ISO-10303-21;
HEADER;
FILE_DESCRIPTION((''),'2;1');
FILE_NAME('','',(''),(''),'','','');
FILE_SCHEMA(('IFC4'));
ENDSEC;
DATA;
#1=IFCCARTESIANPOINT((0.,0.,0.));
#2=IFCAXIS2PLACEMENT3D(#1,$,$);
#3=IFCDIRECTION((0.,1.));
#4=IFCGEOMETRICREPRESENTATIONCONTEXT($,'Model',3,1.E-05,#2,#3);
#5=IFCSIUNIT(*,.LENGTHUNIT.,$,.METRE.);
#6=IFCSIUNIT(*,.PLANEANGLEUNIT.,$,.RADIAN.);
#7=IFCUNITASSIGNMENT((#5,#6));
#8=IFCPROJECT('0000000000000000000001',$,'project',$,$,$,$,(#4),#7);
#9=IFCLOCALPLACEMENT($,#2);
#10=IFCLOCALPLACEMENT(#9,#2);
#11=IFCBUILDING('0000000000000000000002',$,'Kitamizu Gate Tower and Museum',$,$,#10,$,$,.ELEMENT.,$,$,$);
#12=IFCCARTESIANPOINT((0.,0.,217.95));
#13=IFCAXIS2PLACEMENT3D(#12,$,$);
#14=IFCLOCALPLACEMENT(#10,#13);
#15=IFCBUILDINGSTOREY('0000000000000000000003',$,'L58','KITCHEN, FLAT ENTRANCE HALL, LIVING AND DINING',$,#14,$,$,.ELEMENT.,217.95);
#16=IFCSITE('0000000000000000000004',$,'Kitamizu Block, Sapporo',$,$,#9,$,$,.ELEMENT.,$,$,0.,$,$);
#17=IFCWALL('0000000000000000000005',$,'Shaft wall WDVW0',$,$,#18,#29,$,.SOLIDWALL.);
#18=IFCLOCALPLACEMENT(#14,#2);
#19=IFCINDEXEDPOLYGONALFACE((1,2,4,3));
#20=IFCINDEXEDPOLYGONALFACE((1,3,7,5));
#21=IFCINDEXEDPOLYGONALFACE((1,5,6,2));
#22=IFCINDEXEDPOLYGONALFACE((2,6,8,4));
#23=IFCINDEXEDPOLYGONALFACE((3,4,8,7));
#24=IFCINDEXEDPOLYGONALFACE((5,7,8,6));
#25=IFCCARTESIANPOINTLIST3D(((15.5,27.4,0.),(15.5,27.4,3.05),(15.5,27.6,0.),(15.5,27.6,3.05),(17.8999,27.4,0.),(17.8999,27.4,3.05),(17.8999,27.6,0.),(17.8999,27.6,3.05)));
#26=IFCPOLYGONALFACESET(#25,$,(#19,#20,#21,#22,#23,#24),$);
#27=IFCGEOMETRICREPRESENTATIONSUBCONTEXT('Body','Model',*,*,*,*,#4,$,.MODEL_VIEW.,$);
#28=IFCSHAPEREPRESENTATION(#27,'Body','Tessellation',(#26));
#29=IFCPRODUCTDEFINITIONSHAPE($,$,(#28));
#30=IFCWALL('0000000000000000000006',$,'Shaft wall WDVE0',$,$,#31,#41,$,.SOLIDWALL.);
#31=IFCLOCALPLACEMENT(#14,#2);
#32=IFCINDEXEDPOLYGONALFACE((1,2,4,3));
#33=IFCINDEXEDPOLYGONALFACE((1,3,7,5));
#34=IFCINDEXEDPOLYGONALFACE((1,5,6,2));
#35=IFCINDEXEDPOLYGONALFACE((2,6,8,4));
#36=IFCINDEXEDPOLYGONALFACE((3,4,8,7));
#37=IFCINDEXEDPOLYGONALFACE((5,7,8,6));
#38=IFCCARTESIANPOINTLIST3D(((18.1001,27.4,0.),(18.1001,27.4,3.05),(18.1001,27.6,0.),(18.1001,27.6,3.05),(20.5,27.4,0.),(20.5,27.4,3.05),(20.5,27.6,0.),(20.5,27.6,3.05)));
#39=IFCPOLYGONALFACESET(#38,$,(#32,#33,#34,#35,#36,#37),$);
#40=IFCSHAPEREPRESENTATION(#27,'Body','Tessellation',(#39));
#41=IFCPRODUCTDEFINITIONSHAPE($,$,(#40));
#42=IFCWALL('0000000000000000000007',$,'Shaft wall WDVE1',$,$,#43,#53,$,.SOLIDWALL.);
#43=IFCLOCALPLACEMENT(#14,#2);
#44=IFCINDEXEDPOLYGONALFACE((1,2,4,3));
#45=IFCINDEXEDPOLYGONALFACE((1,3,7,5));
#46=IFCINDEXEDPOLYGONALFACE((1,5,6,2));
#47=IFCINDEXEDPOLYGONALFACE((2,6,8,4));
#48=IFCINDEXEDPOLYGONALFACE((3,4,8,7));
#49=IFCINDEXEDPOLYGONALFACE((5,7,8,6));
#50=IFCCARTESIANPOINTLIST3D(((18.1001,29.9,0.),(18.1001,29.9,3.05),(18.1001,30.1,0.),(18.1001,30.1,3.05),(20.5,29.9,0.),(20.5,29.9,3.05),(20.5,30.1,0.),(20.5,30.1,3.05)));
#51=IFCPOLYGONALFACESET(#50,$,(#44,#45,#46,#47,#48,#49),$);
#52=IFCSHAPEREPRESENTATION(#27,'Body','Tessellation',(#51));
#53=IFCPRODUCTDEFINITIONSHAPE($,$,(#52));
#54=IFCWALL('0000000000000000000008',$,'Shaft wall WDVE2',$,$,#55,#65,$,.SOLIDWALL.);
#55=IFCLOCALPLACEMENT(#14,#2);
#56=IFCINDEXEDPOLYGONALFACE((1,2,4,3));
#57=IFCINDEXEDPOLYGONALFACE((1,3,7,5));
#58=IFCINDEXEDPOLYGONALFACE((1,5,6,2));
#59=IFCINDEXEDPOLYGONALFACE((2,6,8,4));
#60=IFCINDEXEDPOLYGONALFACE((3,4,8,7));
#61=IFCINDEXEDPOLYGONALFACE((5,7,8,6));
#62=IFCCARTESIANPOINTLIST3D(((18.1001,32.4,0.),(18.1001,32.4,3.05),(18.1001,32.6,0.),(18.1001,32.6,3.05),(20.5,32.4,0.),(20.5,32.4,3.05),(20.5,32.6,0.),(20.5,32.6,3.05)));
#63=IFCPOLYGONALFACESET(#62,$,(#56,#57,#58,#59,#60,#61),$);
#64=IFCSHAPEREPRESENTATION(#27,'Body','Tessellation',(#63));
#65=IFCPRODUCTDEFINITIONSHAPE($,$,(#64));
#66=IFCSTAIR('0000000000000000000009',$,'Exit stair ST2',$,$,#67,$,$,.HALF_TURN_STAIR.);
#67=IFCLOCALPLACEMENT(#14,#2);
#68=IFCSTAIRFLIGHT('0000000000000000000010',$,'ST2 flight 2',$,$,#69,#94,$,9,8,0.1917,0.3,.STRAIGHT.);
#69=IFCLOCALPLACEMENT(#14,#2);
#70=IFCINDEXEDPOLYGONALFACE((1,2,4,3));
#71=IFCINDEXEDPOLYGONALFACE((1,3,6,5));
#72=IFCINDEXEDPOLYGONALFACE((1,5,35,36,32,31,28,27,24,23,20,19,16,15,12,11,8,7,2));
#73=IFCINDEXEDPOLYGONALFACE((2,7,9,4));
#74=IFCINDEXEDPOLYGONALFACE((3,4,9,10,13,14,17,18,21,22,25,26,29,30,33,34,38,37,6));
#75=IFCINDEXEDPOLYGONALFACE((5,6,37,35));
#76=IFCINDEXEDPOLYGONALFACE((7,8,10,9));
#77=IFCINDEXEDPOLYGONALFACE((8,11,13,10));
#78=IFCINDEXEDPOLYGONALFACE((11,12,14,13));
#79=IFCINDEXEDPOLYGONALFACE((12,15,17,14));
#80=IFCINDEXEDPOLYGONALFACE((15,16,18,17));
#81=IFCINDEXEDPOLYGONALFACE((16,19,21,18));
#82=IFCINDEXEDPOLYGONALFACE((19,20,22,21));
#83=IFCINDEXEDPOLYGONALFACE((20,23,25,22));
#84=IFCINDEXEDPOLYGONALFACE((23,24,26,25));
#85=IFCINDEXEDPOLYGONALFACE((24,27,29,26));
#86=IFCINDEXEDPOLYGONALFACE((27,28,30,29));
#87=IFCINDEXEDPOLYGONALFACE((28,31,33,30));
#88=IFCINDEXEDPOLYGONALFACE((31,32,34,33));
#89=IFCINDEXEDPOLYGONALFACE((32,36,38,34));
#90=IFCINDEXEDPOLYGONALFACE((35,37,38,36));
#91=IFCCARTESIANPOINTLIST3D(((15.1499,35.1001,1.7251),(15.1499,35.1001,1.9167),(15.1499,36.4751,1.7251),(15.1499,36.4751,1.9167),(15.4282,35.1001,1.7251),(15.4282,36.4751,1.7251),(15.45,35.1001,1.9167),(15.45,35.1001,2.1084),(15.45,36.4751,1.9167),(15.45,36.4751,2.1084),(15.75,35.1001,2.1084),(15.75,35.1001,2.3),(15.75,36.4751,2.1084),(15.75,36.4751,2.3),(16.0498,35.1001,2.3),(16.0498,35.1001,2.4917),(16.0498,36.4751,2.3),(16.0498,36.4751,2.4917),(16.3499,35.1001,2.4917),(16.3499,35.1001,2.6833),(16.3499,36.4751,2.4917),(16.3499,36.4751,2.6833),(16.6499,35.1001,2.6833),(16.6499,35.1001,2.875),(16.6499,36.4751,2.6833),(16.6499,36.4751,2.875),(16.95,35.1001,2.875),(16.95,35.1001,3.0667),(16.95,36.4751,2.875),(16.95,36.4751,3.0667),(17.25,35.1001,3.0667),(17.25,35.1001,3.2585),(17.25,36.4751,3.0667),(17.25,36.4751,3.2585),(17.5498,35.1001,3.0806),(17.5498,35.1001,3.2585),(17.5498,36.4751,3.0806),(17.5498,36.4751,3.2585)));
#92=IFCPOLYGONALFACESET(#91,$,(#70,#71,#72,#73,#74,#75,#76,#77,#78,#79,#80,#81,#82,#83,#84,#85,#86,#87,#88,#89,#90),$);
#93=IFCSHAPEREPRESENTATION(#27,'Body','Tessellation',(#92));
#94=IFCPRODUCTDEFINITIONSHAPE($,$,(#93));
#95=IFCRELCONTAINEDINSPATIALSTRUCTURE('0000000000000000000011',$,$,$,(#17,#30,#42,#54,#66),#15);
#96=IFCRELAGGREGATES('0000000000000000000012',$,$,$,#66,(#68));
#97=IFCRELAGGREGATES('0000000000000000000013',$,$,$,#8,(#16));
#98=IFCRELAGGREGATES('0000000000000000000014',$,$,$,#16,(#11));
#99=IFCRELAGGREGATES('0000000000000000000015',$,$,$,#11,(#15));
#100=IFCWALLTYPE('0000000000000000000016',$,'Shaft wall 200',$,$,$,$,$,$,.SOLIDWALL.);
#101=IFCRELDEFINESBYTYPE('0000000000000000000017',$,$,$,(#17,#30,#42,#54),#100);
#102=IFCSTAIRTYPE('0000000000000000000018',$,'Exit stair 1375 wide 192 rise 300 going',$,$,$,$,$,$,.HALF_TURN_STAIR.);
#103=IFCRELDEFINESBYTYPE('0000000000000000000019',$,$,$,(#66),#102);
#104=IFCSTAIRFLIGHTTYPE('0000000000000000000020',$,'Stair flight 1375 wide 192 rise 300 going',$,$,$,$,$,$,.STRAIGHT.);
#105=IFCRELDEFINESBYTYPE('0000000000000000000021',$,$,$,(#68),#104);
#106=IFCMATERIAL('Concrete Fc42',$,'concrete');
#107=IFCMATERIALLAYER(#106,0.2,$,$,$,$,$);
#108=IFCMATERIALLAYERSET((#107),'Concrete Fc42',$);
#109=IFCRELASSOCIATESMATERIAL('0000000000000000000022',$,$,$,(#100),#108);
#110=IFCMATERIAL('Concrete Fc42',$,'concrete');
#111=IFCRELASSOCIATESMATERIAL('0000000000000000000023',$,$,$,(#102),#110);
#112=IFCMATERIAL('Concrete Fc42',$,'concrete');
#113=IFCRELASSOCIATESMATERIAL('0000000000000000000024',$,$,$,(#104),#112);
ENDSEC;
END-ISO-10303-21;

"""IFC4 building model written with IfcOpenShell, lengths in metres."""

from ifc_helpers import new_model, si_unit, direction, frame, frame_2d, origin, place, context, subcontext, project, spatial, polyline, rectangle, outline, extrude, material, layer, layer_set, type_object, element, aggregate, save


model = new_model("IFC4")

# Units and contexts
model_context = context("Model", 3, precision=1e-05, world=origin(), true_north=direction((0.0, 1.0)))
body_context = subcontext(model_context, "Body", "Model", "MODEL_VIEW")
ifc_project = project(units=[si_unit("LENGTHUNIT", "METRE"), si_unit("PLANEANGLEUNIT", "RADIAN")], contexts=[model_context])

# Site, building, storey
site_placement = place(None, origin())
site = spatial("IfcSite", under=ifc_project, at=site_placement, Name="Kitamizu Block, Sapporo", CompositionType="ELEMENT", RefElevation=0.0)
building_placement = place(site_placement, origin())
building = spatial("IfcBuilding", under=site, at=building_placement, Name="Kitamizu Gate Tower and Museum", CompositionType="ELEMENT")
storey_placement = place(building_placement, frame((0.0, 0.0, 217.95)))
storey = spatial("IfcBuildingStorey", under=building, at=storey_placement, Name="L58", Description="KITCHEN, FLAT ENTRANCE HALL, LIVING AND DINING", CompositionType="ELEMENT", Elevation=217.95)

# Shared definitions
ifc_material_1 = material(Name="Concrete Fc42", Category="concrete")
ifc_layer_1 = layer(ifc_material_1, 0.2)
ifc_layer_set_1 = layer_set([ifc_layer_1], Name="Concrete Fc42")
wall_type_1 = type_object("IfcWallType", Name="Shaft wall 200", PredefinedType="SOLIDWALL", material=ifc_layer_set_1)

# Walls
for number, where, z_axis, x_axis, name in (
    (1, (15.5, 27.5, 0.0), (0.0, 0.0, 1.0), (1.0, 0.0, 0.0), "Shaft wall WDVW0"),
    (2, (18.1001, 27.5, 0.0), (0.0, 0.0, 1.0), (1.0, 0.0, 0.0), "Shaft wall WDVE0"),
    (3, (18.1001, 30.0, 0.0), (0.0, 0.0, 1.0), (1.0, 0.0, 0.0), "Shaft wall WDVE1"),
    (4, (18.1001, 32.5, 0.0), (0.0, 0.0, 1.0), (1.0, 0.0, 0.0), "Shaft wall WDVE2"),
):
    element("IfcWall", number, at=place(storey_placement, frame(where, z_axis=z_axis, x_axis=x_axis)), inside=storey, type_object=wall_type_1, Name=name, PredefinedType="SOLIDWALL", context=body_context, shape_type="SweptSolid", body=[
        extrude(rectangle(XDim=2.3999, YDim=0.2, at=frame_2d((1.2, 0.0))), origin(), (0.0, 0.0, 1.0), 3.05),
    ])

# Stair, stair flight
ifc_material_2 = material(Name="Concrete Fc42", Category="concrete")
stair_type = type_object("IfcStairType", Name="Exit stair 1375 wide 192 rise 300 going", PredefinedType="HALF_TURN_STAIR", material=ifc_material_2)
stair_placement = place(storey_placement, origin())
stair = element("IfcStair", 5, at=stair_placement, inside=storey, type_object=stair_type, Name="Exit stair ST2", PredefinedType="HALF_TURN_STAIR")
ifc_material_3 = material(Name="Concrete Fc42", Category="concrete")
stair_flight_type = type_object("IfcStairFlightType", Name="Stair flight 1375 wide 192 rise 300 going", PredefinedType="STRAIGHT", material=ifc_material_3)
stair_flight_placement = place(storey_placement, frame((15.1499, 35.7876, 1.7251), z_axis=(0.0, 0.0, 1.0), x_axis=(1.0, 0.0, 0.0)))
stair_flight = element("IfcStairFlight", 6, at=stair_flight_placement, type_object=stair_flight_type, Name="ST2 flight 2", NumberOfRisers=9, NumberOfTreads=8, PredefinedType="STRAIGHT", RiserHeight=0.1917, TreadLength=0.3, context=body_context, shape_type="SweptSolid", body=[
    extrude(outline(polyline([(0.0, 0.0), (0.0, 0.1917), (0.3, 0.1917), (0.3, 0.3833), (0.6001, 0.3833), (0.6001, 0.575), (0.8999, 0.575), (0.8999, 0.7666), (1.2, 0.7666), (1.2, 0.9583), (1.5, 0.9583), (1.5, 1.1499), (1.8, 1.1499), (1.8, 1.3416), (2.1001, 1.3416), (2.1001, 1.5334), (2.3999, 1.5334), (2.3999, 1.7251), (2.3999, 1.3555), (0.2783, 0.0), (0.0, 0.0)])), frame((0.0, 0.6875, 0.0), z_axis=(0.0, -1.0, 0.0), x_axis=(1.0, 0.0, 0.0)), (0.0, 0.0, 1.0), 1.375),
])
aggregate(stair, [stair_flight])

save(model, "model.ifc")
